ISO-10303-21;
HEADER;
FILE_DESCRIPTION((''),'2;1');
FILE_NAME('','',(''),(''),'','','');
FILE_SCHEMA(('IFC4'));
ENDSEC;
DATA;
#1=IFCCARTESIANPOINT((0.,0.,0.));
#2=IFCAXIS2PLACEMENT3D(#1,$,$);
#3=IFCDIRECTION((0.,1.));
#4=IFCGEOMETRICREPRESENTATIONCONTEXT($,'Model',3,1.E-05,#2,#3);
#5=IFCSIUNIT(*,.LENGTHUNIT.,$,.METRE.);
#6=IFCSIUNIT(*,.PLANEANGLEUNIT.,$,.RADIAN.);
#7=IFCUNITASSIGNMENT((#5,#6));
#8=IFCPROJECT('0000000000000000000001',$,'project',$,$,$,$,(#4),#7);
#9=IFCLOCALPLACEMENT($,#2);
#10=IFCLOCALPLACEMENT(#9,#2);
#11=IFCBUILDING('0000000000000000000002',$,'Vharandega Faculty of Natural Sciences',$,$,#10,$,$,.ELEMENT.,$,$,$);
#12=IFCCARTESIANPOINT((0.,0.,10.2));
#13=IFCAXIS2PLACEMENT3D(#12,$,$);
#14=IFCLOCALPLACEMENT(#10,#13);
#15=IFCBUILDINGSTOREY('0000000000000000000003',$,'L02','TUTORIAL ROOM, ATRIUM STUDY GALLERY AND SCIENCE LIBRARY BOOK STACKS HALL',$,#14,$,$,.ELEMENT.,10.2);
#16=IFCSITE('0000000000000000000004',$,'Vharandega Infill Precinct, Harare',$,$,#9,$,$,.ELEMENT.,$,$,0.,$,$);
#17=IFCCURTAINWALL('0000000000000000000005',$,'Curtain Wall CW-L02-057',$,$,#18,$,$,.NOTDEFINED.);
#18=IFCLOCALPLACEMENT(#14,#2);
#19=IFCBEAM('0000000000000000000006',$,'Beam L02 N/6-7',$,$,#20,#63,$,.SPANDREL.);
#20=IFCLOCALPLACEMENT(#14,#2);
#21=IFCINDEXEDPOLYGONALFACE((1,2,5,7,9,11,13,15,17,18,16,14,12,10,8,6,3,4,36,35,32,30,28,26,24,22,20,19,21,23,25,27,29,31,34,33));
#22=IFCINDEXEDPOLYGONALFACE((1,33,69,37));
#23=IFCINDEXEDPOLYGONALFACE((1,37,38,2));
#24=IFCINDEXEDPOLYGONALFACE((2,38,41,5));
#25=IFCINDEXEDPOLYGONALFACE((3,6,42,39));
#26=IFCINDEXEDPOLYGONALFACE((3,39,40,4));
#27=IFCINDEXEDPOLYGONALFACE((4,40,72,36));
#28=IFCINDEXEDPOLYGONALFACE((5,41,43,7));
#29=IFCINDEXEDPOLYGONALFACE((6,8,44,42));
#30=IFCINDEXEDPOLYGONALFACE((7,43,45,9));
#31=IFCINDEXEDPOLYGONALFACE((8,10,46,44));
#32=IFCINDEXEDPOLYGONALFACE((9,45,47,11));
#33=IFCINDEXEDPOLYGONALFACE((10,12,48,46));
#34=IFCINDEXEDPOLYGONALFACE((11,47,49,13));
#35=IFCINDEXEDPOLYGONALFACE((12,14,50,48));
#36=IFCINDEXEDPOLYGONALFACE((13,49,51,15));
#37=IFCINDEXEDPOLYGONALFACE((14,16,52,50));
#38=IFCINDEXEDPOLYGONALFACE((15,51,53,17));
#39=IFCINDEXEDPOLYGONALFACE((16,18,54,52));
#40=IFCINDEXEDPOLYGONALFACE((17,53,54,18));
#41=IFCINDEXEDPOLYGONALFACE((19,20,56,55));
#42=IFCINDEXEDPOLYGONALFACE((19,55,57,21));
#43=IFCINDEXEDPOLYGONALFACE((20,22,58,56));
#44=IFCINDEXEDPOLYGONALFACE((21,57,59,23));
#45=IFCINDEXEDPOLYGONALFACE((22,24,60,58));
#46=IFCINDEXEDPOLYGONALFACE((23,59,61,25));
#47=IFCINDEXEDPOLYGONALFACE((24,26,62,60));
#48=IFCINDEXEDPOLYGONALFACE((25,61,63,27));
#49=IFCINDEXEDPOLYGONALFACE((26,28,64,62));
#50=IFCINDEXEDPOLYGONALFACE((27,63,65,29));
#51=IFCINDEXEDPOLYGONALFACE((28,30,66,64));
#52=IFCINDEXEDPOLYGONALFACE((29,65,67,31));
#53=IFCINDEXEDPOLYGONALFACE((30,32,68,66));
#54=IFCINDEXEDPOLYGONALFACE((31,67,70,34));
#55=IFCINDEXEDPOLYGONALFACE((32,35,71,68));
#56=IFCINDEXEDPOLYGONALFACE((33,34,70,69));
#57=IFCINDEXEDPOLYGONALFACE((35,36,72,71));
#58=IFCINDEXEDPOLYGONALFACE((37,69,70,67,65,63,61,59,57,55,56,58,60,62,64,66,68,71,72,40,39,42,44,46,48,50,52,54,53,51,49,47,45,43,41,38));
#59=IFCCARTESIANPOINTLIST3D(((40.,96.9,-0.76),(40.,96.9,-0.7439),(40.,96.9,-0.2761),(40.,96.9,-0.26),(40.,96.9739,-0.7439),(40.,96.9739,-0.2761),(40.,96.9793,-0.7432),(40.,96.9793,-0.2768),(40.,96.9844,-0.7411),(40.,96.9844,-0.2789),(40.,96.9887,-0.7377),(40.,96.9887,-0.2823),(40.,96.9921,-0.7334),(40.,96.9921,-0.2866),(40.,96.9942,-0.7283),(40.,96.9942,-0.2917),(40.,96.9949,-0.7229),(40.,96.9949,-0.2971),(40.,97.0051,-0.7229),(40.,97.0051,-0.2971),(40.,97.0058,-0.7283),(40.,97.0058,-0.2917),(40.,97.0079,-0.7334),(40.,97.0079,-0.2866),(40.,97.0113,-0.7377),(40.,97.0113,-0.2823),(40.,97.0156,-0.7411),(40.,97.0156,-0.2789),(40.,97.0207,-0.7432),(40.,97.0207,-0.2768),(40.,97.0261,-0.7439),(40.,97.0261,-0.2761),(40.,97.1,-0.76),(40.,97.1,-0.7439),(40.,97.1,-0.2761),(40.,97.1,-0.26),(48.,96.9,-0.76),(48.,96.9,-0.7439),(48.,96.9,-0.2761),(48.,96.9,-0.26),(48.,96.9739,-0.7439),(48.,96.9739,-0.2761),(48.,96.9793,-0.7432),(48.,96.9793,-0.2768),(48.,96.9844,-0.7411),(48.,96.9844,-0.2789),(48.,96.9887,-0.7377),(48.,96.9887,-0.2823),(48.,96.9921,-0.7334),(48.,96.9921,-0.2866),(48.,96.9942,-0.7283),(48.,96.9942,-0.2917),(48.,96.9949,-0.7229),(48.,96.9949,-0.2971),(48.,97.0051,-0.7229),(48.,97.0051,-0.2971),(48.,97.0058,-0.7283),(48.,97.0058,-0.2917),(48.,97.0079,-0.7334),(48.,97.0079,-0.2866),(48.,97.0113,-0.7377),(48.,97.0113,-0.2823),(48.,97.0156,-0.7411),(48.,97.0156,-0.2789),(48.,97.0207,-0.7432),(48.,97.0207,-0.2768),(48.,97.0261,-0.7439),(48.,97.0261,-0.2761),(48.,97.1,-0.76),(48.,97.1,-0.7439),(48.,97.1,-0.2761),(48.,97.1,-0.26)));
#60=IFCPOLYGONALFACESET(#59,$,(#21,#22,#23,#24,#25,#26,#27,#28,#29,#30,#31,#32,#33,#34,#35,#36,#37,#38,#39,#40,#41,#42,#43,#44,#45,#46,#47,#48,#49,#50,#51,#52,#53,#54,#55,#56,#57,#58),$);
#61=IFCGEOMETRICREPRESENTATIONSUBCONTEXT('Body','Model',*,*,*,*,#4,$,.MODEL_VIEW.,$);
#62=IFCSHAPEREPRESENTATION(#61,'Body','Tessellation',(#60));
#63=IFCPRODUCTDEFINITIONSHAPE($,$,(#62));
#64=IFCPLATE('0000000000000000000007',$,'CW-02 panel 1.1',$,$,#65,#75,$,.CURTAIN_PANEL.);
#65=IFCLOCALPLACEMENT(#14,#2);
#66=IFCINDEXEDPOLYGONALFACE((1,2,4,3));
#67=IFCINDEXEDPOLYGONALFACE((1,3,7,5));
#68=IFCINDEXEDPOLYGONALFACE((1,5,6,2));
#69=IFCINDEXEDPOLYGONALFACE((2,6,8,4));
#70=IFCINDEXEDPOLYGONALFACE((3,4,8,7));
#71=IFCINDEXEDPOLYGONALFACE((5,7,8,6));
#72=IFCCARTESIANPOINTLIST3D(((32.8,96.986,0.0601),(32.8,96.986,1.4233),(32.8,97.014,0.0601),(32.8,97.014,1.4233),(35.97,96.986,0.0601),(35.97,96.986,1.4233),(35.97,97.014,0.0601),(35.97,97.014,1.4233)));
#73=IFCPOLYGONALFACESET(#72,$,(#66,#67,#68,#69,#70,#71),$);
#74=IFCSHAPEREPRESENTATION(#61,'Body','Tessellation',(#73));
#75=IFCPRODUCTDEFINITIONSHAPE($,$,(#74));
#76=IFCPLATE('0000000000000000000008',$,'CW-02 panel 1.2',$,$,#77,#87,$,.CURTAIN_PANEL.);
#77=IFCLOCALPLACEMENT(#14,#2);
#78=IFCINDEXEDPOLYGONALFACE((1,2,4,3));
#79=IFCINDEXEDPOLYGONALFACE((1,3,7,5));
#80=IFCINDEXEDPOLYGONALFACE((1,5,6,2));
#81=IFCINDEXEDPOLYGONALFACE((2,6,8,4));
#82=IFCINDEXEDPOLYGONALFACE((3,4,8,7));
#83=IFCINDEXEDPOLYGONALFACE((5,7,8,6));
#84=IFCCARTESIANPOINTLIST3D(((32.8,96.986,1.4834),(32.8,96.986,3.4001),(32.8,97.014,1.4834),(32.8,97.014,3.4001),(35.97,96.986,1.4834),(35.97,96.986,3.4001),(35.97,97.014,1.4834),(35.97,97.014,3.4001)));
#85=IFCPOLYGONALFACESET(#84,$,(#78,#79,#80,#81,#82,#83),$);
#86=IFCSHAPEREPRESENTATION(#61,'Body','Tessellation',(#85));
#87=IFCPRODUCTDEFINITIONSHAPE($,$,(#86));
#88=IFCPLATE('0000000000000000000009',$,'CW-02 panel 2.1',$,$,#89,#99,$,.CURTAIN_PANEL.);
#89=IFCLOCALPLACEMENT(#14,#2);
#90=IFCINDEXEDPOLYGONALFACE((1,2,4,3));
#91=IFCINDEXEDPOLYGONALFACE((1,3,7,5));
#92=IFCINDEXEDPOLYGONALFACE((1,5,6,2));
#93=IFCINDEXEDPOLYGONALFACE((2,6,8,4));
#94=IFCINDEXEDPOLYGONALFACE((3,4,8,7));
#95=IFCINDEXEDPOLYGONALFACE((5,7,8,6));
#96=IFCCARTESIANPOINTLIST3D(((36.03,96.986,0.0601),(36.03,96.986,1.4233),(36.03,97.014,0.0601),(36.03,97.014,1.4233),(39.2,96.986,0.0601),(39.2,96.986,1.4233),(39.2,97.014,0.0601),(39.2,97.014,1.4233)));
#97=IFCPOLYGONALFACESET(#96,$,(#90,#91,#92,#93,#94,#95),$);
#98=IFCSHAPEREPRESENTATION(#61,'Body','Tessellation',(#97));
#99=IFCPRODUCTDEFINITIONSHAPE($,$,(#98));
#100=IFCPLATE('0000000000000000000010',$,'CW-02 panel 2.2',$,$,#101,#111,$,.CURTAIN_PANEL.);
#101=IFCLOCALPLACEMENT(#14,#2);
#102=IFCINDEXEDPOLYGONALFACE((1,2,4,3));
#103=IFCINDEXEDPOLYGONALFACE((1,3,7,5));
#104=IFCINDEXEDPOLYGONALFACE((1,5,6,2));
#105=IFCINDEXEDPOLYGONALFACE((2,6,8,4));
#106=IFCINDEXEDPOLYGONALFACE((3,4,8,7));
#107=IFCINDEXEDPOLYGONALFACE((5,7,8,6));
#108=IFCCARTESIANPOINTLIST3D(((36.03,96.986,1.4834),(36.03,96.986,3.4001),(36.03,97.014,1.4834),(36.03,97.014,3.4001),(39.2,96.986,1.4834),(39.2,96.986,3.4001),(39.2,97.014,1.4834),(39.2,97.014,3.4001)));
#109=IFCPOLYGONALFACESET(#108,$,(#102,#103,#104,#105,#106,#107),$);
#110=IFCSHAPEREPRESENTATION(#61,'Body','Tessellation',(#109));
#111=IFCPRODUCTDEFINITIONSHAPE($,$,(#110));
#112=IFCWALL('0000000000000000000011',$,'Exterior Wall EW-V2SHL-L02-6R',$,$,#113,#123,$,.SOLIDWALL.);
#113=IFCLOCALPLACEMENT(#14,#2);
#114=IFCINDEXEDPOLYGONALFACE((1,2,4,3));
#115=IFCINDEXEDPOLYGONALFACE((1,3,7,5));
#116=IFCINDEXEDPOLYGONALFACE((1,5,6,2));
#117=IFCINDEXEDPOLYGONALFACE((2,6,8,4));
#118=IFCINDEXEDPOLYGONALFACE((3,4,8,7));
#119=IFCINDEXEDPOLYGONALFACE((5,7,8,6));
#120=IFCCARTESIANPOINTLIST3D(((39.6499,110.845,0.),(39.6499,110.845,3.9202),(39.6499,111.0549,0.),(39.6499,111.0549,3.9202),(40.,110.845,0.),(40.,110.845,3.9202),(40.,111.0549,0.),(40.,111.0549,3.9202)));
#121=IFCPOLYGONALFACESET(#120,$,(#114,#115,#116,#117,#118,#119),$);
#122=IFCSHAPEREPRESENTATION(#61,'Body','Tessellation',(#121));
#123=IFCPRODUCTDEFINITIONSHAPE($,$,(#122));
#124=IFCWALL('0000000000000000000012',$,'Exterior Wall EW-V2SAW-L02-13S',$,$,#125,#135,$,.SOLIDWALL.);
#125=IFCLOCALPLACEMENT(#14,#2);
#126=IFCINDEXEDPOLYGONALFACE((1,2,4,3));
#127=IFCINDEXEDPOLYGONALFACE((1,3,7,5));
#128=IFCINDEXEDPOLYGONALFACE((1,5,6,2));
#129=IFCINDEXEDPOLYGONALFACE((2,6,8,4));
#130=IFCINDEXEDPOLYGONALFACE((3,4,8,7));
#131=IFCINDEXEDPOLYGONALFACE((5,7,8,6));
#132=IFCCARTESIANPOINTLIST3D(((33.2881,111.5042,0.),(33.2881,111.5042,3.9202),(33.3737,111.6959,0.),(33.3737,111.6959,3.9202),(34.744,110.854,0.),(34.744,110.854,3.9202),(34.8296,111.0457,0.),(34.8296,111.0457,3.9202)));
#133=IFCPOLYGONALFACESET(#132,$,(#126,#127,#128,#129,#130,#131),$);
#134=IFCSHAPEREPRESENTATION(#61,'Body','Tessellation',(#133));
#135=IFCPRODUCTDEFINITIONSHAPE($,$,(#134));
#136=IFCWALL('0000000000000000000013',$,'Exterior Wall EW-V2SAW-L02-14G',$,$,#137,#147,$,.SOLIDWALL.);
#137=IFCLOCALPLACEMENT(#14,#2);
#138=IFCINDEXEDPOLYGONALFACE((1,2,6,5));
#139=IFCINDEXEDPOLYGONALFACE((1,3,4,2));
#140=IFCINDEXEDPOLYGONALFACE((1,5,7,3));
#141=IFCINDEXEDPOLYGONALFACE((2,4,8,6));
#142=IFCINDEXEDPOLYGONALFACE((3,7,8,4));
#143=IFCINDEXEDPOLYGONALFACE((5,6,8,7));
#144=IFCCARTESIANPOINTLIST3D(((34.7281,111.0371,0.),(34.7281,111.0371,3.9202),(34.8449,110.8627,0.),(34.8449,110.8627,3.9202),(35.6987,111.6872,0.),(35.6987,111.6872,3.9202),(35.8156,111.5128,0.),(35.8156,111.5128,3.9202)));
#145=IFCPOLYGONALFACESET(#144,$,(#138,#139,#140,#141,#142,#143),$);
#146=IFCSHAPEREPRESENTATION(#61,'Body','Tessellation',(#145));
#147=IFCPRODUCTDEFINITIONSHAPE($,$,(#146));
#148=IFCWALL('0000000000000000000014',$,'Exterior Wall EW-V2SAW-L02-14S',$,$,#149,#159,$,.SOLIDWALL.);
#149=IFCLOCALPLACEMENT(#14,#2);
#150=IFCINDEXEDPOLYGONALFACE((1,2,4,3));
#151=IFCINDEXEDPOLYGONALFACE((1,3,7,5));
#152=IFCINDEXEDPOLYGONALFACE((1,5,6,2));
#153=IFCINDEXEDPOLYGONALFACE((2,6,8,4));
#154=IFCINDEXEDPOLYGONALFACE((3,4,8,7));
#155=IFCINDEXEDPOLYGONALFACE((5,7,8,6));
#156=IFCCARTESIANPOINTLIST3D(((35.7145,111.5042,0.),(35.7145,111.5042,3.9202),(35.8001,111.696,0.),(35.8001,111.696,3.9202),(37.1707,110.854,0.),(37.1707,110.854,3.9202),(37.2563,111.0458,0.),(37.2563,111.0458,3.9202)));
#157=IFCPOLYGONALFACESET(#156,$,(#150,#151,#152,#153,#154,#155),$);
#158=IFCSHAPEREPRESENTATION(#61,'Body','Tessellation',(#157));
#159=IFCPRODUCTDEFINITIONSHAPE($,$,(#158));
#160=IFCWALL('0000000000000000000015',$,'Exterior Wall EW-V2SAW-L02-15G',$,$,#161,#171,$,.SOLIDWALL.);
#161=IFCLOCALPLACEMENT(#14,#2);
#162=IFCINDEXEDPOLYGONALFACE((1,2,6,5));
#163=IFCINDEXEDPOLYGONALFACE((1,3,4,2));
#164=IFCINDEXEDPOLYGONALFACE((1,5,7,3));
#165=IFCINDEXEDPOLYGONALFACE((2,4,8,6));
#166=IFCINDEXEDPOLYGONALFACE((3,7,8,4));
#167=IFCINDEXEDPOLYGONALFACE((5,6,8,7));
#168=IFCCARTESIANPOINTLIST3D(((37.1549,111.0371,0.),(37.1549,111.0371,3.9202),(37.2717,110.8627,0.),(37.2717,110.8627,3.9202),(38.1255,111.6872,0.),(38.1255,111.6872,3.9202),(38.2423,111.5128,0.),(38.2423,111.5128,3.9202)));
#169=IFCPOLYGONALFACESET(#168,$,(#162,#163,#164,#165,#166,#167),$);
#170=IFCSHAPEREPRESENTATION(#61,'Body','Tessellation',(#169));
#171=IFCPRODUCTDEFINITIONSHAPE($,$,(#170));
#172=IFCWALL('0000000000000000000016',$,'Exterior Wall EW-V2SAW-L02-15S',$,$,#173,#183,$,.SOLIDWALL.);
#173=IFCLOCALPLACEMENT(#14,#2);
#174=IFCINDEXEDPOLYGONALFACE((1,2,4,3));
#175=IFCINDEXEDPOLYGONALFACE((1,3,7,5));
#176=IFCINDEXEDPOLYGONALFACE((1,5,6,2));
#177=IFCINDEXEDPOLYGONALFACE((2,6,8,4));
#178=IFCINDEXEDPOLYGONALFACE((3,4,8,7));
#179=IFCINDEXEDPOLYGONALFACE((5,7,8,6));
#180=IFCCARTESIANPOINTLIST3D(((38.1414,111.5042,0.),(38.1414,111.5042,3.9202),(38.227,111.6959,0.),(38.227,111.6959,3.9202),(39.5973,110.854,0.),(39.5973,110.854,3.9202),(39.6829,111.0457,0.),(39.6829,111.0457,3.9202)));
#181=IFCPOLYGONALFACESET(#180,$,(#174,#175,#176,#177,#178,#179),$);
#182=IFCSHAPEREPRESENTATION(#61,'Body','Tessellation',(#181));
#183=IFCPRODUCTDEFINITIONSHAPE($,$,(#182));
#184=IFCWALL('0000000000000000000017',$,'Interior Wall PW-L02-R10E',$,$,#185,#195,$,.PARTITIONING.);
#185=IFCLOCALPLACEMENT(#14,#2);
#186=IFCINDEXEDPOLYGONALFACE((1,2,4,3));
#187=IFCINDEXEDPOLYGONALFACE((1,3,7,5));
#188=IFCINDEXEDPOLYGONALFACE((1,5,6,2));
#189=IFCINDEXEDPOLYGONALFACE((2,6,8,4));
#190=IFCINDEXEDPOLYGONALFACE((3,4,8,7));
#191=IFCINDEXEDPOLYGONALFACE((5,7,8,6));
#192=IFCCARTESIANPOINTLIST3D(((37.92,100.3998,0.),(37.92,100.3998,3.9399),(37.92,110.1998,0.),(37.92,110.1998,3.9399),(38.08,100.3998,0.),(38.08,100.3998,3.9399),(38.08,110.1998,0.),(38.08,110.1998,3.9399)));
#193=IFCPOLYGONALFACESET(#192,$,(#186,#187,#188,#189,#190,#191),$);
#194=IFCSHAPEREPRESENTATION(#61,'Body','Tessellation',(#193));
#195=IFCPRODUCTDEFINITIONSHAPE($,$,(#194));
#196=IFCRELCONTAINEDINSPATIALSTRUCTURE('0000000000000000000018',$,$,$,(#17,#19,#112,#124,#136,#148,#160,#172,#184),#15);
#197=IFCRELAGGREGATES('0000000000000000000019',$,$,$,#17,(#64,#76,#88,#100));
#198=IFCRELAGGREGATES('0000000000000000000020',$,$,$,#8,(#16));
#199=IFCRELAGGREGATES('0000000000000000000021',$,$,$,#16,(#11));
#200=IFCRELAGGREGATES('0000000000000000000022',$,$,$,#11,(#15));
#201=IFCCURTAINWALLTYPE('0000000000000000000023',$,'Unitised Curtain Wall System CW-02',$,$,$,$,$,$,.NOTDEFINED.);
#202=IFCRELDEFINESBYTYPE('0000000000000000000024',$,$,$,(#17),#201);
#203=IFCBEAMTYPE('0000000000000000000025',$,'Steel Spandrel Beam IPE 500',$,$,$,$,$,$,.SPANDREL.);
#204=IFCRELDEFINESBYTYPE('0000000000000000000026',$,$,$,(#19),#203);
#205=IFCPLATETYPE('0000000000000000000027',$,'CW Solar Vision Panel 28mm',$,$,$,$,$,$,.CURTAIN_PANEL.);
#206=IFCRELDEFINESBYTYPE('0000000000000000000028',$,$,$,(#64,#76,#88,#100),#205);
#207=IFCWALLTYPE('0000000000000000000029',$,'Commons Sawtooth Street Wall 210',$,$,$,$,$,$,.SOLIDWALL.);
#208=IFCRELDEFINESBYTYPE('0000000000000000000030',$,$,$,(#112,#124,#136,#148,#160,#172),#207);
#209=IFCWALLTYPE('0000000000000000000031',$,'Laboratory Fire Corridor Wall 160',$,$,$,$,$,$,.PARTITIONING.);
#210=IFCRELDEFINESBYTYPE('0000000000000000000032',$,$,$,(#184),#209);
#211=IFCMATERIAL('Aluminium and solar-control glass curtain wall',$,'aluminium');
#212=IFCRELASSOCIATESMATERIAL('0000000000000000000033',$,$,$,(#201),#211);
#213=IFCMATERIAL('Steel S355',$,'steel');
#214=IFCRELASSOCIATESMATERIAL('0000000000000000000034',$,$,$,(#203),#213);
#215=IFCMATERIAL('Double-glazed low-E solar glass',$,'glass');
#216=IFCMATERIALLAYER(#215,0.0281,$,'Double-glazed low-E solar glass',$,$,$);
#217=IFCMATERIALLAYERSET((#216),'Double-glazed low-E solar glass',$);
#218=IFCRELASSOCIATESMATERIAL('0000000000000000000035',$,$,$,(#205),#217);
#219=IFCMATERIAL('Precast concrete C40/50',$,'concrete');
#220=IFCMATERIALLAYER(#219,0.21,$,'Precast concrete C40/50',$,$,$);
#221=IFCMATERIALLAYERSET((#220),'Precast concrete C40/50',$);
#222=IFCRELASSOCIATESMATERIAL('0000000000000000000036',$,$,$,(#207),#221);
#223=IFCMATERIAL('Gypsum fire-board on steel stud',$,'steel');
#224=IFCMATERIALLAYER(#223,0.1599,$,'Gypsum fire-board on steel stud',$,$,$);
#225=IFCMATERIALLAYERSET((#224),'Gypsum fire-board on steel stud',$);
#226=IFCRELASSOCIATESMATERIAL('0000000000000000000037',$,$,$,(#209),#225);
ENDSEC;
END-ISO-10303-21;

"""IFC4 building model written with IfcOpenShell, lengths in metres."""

from ifc_helpers import new_model, si_unit, direction, frame, frame_2d, origin, origin_2d, place, context, subcontext, project, spatial, rectangle, i_section, extrude, material, layer, layer_set, material_profile, profile_set, type_object, element, aggregate, save


model = new_model("IFC4")

# Units and contexts
model_context = context("Model", 3, precision=1e-05, world=origin(), true_north=direction((0.0, 1.0)))
body_context = subcontext(model_context, "Body", "Model", "MODEL_VIEW")
ifc_project = project(units=[si_unit("LENGTHUNIT", "METRE"), si_unit("PLANEANGLEUNIT", "RADIAN")], contexts=[model_context])

# Site, building, storey
site_placement = place(None, origin())
site = spatial("IfcSite", under=ifc_project, at=site_placement, Name="Vharandega Infill Precinct, Harare", CompositionType="ELEMENT", RefElevation=0.0)
building_placement = place(site_placement, origin())
building = spatial("IfcBuilding", under=site, at=building_placement, Name="Vharandega Faculty of Natural Sciences", CompositionType="ELEMENT")
storey_placement = place(building_placement, frame((0.0, 0.0, 10.2)))
storey = spatial("IfcBuildingStorey", under=building, at=storey_placement, Name="L02", Description="TUTORIAL ROOM, ATRIUM STUDY GALLERY AND SCIENCE LIBRARY BOOK STACKS HALL", CompositionType="ELEMENT", Elevation=10.2)

# Curtain wall
ifc_material_1 = material(Name="Aluminium and solar-control glass curtain wall", Category="aluminium")
curtain_wall_type = type_object("IfcCurtainWallType", Name="Unitised Curtain Wall System CW-02", PredefinedType="NOTDEFINED", material=ifc_material_1)
curtain_wall_placement = place(storey_placement, origin())
curtain_wall = element("IfcCurtainWall", 1, at=curtain_wall_placement, inside=storey, type_object=curtain_wall_type, Name="Curtain Wall CW-L02-057", PredefinedType="NOTDEFINED")

# Beam
ifc_material_2 = material(Name="Steel S355", Category="steel")
ifc_material_profile_1 = material_profile(ifc_material_2, i_section(OverallWidth=0.2, OverallDepth=0.5, WebThickness=0.0103, FlangeThickness=0.0161, FilletRadius=0.021, at=origin_2d()), Name="IPE 500")
ifc_profile_set_1 = profile_set([ifc_material_profile_1], Name="Steel S355")
beam_type_1 = type_object("IfcBeamType", Name="Steel Spandrel Beam IPE 500", PredefinedType="SPANDREL", material=ifc_profile_set_1)
beam_1_placement = place(storey_placement, frame((40.0, 97.0, -0.51), z_axis=(1.0, 0.0, 0.0), x_axis=(0.0, 1.0, 0.0)))
element("IfcBeam", 2, at=beam_1_placement, inside=storey, type_object=beam_type_1, Name="Beam L02 N/6-7", PredefinedType="SPANDREL", context=body_context, shape_type="SweptSolid", body=[
    extrude(i_section(OverallWidth=0.2, OverallDepth=0.5, WebThickness=0.0103, FlangeThickness=0.0161, FilletRadius=0.021, at=origin_2d()), origin(), (0.0, 0.0, 1.0), 8.0),
])

# Plates
ifc_material_3 = material(Name="Double-glazed low-E solar glass", Category="glass")
ifc_layer_1 = layer(ifc_material_3, 0.0281, Name="Double-glazed low-E solar glass")
ifc_layer_set_1 = layer_set([ifc_layer_1], Name="Double-glazed low-E solar glass")
plate_type = type_object("IfcPlateType", Name="CW Solar Vision Panel 28mm", PredefinedType="CURTAIN_PANEL", material=ifc_layer_set_1)
plate_1_placement = place(storey_placement, frame((34.385, 97.0, 0.0601), z_axis=(0.0, 0.0, 1.0), x_axis=(1.0, 0.0, 0.0)))
plate_1 = element("IfcPlate", 3, at=plate_1_placement, type_object=plate_type, Name="CW-02 panel 1.1", PredefinedType="CURTAIN_PANEL", context=body_context, shape_type="SweptSolid", body=[
    extrude(rectangle(XDim=3.1699, YDim=0.0281, at=origin_2d()), origin(), (0.0, 0.0, 1.0), 1.3633),
])
plate_2_placement = place(storey_placement, frame((34.385, 97.0, 1.4834), z_axis=(0.0, 0.0, 1.0), x_axis=(1.0, 0.0, 0.0)))
plate_2 = element("IfcPlate", 4, at=plate_2_placement, type_object=plate_type, Name="CW-02 panel 1.2", PredefinedType="CURTAIN_PANEL", context=body_context, shape_type="SweptSolid", body=[
    extrude(rectangle(XDim=3.1699, YDim=0.0281, at=origin_2d()), origin(), (0.0, 0.0, 1.0), 1.9167),
])
plate_3_placement = place(storey_placement, frame((37.615, 97.0, 0.0601), z_axis=(0.0, 0.0, 1.0), x_axis=(1.0, 0.0, 0.0)))
plate_3 = element("IfcPlate", 5, at=plate_3_placement, type_object=plate_type, Name="CW-02 panel 2.1", PredefinedType="CURTAIN_PANEL", context=body_context, shape_type="SweptSolid", body=[
    extrude(rectangle(XDim=3.1699, YDim=0.0281, at=origin_2d()), origin(), (0.0, 0.0, 1.0), 1.3633),
])
plate_4_placement = place(storey_placement, frame((37.615, 97.0, 1.4834), z_axis=(0.0, 0.0, 1.0), x_axis=(1.0, 0.0, 0.0)))
plate_4 = element("IfcPlate", 6, at=plate_4_placement, type_object=plate_type, Name="CW-02 panel 2.2", PredefinedType="CURTAIN_PANEL", context=body_context, shape_type="SweptSolid", body=[
    extrude(rectangle(XDim=3.1699, YDim=0.0281, at=origin_2d()), origin(), (0.0, 0.0, 1.0), 1.9167),
])
aggregate(curtain_wall, [plate_1, plate_2, plate_3, plate_4])

# Walls
ifc_material_4 = material(Name="Precast concrete C40/50", Category="concrete")
ifc_layer_2 = layer(ifc_material_4, 0.21, Name="Precast concrete C40/50")
ifc_layer_set_2 = layer_set([ifc_layer_2], Name="Precast concrete C40/50")
wall_type_1 = type_object("IfcWallType", Name="Commons Sawtooth Street Wall 210", PredefinedType="SOLIDWALL", material=ifc_layer_set_2)
wall_1_placement = place(storey_placement, frame((39.6499, 110.95, 0.0), z_axis=(0.0, 0.0, 1.0), x_axis=(1.0, 0.0, 0.0)))
element("IfcWall", 7, at=wall_1_placement, inside=storey, type_object=wall_type_1, Name="Exterior Wall EW-V2SHL-L02-6R", PredefinedType="SOLIDWALL", context=body_context, shape_type="SweptSolid", body=[
    extrude(rectangle(XDim=0.3501, YDim=0.21, at=frame_2d((0.175, 0.0))), origin(), (0.0, 0.0, 1.0), 3.9202),
])
wall_2_placement = place(storey_placement, frame((33.3308, 111.6001, 0.0), z_axis=(0.0, 0.0, 1.0), x_axis=(0.913084, -0.407772, 0.0)))
element("IfcWall", 8, at=wall_2_placement, inside=storey, type_object=wall_type_1, Name="Exterior Wall EW-V2SAW-L02-13S", PredefinedType="SOLIDWALL", context=body_context, shape_type="SweptSolid", body=[
    extrude(rectangle(XDim=1.5945, YDim=0.21, at=frame_2d((0.7974, 0.0))), origin(), (0.0, 0.0, 1.0), 3.9202),
])
wall_3_placement = place(storey_placement, frame((34.7866, 110.95, 0.0), z_axis=(0.0, 0.0, 1.0), x_axis=(0.830859, 0.556483, 0.0)))
element("IfcWall", 9, at=wall_3_placement, inside=storey, type_object=wall_type_1, Name="Exterior Wall EW-V2SAW-L02-14G", PredefinedType="SOLIDWALL", context=body_context, shape_type="SweptSolid", body=[
    extrude(rectangle(XDim=1.1682, YDim=0.21, at=frame_2d((0.584, 0.0))), origin(), (0.0, 0.0, 1.0), 3.9202),
])
wall_4_placement = place(storey_placement, frame((35.7573, 111.6001, 0.0), z_axis=(0.0, 0.0, 1.0), x_axis=(0.913109, -0.407715, 0.0)))
element("IfcWall", 10, at=wall_4_placement, inside=storey, type_object=wall_type_1, Name="Exterior Wall EW-V2SAW-L02-14S", PredefinedType="SOLIDWALL", context=body_context, shape_type="SweptSolid", body=[
    extrude(rectangle(XDim=1.5947, YDim=0.21, at=frame_2d((0.7974, 0.0))), origin(), (0.0, 0.0, 1.0), 3.9202),
])
wall_5_placement = place(storey_placement, frame((37.2134, 110.95, 0.0), z_axis=(0.0, 0.0, 1.0), x_axis=(0.830859, 0.556483, 0.0)))
element("IfcWall", 11, at=wall_5_placement, inside=storey, type_object=wall_type_1, Name="Exterior Wall EW-V2SAW-L02-15G", PredefinedType="SOLIDWALL", context=body_context, shape_type="SweptSolid", body=[
    extrude(rectangle(XDim=1.1682, YDim=0.21, at=frame_2d((0.584, 0.0))), origin(), (0.0, 0.0, 1.0), 3.9202),
])
wall_6_placement = place(storey_placement, frame((38.1841, 111.6001, 0.0), z_axis=(0.0, 0.0, 1.0), x_axis=(0.913084, -0.407772, 0.0)))
element("IfcWall", 12, at=wall_6_placement, inside=storey, type_object=wall_type_1, Name="Exterior Wall EW-V2SAW-L02-15S", PredefinedType="SOLIDWALL", context=body_context, shape_type="SweptSolid", body=[
    extrude(rectangle(XDim=1.5945, YDim=0.21, at=frame_2d((0.7974, 0.0))), origin(), (0.0, 0.0, 1.0), 3.9202),
])
ifc_material_5 = material(Name="Gypsum fire-board on steel stud", Category="steel")
ifc_layer_3 = layer(ifc_material_5, 0.1599, Name="Gypsum fire-board on steel stud")
ifc_layer_set_3 = layer_set([ifc_layer_3], Name="Gypsum fire-board on steel stud")
wall_type_2 = type_object("IfcWallType", Name="Laboratory Fire Corridor Wall 160", PredefinedType="PARTITIONING", material=ifc_layer_set_3)
wall_7_placement = place(storey_placement, frame((38.0, 100.3999, 0.0), z_axis=(0.0, 0.0, 1.0), x_axis=(0.0, 1.0, 0.0)))
element("IfcWall", 13, at=wall_7_placement, inside=storey, type_object=wall_type_2, Name="Interior Wall PW-L02-R10E", PredefinedType="PARTITIONING", context=body_context, shape_type="SweptSolid", body=[
    extrude(rectangle(XDim=9.8, YDim=0.1599, at=frame_2d((4.8999, 0.0))), origin(), (0.0, 0.0, 1.0), 3.9399),
])

save(model, "model.ifc")
